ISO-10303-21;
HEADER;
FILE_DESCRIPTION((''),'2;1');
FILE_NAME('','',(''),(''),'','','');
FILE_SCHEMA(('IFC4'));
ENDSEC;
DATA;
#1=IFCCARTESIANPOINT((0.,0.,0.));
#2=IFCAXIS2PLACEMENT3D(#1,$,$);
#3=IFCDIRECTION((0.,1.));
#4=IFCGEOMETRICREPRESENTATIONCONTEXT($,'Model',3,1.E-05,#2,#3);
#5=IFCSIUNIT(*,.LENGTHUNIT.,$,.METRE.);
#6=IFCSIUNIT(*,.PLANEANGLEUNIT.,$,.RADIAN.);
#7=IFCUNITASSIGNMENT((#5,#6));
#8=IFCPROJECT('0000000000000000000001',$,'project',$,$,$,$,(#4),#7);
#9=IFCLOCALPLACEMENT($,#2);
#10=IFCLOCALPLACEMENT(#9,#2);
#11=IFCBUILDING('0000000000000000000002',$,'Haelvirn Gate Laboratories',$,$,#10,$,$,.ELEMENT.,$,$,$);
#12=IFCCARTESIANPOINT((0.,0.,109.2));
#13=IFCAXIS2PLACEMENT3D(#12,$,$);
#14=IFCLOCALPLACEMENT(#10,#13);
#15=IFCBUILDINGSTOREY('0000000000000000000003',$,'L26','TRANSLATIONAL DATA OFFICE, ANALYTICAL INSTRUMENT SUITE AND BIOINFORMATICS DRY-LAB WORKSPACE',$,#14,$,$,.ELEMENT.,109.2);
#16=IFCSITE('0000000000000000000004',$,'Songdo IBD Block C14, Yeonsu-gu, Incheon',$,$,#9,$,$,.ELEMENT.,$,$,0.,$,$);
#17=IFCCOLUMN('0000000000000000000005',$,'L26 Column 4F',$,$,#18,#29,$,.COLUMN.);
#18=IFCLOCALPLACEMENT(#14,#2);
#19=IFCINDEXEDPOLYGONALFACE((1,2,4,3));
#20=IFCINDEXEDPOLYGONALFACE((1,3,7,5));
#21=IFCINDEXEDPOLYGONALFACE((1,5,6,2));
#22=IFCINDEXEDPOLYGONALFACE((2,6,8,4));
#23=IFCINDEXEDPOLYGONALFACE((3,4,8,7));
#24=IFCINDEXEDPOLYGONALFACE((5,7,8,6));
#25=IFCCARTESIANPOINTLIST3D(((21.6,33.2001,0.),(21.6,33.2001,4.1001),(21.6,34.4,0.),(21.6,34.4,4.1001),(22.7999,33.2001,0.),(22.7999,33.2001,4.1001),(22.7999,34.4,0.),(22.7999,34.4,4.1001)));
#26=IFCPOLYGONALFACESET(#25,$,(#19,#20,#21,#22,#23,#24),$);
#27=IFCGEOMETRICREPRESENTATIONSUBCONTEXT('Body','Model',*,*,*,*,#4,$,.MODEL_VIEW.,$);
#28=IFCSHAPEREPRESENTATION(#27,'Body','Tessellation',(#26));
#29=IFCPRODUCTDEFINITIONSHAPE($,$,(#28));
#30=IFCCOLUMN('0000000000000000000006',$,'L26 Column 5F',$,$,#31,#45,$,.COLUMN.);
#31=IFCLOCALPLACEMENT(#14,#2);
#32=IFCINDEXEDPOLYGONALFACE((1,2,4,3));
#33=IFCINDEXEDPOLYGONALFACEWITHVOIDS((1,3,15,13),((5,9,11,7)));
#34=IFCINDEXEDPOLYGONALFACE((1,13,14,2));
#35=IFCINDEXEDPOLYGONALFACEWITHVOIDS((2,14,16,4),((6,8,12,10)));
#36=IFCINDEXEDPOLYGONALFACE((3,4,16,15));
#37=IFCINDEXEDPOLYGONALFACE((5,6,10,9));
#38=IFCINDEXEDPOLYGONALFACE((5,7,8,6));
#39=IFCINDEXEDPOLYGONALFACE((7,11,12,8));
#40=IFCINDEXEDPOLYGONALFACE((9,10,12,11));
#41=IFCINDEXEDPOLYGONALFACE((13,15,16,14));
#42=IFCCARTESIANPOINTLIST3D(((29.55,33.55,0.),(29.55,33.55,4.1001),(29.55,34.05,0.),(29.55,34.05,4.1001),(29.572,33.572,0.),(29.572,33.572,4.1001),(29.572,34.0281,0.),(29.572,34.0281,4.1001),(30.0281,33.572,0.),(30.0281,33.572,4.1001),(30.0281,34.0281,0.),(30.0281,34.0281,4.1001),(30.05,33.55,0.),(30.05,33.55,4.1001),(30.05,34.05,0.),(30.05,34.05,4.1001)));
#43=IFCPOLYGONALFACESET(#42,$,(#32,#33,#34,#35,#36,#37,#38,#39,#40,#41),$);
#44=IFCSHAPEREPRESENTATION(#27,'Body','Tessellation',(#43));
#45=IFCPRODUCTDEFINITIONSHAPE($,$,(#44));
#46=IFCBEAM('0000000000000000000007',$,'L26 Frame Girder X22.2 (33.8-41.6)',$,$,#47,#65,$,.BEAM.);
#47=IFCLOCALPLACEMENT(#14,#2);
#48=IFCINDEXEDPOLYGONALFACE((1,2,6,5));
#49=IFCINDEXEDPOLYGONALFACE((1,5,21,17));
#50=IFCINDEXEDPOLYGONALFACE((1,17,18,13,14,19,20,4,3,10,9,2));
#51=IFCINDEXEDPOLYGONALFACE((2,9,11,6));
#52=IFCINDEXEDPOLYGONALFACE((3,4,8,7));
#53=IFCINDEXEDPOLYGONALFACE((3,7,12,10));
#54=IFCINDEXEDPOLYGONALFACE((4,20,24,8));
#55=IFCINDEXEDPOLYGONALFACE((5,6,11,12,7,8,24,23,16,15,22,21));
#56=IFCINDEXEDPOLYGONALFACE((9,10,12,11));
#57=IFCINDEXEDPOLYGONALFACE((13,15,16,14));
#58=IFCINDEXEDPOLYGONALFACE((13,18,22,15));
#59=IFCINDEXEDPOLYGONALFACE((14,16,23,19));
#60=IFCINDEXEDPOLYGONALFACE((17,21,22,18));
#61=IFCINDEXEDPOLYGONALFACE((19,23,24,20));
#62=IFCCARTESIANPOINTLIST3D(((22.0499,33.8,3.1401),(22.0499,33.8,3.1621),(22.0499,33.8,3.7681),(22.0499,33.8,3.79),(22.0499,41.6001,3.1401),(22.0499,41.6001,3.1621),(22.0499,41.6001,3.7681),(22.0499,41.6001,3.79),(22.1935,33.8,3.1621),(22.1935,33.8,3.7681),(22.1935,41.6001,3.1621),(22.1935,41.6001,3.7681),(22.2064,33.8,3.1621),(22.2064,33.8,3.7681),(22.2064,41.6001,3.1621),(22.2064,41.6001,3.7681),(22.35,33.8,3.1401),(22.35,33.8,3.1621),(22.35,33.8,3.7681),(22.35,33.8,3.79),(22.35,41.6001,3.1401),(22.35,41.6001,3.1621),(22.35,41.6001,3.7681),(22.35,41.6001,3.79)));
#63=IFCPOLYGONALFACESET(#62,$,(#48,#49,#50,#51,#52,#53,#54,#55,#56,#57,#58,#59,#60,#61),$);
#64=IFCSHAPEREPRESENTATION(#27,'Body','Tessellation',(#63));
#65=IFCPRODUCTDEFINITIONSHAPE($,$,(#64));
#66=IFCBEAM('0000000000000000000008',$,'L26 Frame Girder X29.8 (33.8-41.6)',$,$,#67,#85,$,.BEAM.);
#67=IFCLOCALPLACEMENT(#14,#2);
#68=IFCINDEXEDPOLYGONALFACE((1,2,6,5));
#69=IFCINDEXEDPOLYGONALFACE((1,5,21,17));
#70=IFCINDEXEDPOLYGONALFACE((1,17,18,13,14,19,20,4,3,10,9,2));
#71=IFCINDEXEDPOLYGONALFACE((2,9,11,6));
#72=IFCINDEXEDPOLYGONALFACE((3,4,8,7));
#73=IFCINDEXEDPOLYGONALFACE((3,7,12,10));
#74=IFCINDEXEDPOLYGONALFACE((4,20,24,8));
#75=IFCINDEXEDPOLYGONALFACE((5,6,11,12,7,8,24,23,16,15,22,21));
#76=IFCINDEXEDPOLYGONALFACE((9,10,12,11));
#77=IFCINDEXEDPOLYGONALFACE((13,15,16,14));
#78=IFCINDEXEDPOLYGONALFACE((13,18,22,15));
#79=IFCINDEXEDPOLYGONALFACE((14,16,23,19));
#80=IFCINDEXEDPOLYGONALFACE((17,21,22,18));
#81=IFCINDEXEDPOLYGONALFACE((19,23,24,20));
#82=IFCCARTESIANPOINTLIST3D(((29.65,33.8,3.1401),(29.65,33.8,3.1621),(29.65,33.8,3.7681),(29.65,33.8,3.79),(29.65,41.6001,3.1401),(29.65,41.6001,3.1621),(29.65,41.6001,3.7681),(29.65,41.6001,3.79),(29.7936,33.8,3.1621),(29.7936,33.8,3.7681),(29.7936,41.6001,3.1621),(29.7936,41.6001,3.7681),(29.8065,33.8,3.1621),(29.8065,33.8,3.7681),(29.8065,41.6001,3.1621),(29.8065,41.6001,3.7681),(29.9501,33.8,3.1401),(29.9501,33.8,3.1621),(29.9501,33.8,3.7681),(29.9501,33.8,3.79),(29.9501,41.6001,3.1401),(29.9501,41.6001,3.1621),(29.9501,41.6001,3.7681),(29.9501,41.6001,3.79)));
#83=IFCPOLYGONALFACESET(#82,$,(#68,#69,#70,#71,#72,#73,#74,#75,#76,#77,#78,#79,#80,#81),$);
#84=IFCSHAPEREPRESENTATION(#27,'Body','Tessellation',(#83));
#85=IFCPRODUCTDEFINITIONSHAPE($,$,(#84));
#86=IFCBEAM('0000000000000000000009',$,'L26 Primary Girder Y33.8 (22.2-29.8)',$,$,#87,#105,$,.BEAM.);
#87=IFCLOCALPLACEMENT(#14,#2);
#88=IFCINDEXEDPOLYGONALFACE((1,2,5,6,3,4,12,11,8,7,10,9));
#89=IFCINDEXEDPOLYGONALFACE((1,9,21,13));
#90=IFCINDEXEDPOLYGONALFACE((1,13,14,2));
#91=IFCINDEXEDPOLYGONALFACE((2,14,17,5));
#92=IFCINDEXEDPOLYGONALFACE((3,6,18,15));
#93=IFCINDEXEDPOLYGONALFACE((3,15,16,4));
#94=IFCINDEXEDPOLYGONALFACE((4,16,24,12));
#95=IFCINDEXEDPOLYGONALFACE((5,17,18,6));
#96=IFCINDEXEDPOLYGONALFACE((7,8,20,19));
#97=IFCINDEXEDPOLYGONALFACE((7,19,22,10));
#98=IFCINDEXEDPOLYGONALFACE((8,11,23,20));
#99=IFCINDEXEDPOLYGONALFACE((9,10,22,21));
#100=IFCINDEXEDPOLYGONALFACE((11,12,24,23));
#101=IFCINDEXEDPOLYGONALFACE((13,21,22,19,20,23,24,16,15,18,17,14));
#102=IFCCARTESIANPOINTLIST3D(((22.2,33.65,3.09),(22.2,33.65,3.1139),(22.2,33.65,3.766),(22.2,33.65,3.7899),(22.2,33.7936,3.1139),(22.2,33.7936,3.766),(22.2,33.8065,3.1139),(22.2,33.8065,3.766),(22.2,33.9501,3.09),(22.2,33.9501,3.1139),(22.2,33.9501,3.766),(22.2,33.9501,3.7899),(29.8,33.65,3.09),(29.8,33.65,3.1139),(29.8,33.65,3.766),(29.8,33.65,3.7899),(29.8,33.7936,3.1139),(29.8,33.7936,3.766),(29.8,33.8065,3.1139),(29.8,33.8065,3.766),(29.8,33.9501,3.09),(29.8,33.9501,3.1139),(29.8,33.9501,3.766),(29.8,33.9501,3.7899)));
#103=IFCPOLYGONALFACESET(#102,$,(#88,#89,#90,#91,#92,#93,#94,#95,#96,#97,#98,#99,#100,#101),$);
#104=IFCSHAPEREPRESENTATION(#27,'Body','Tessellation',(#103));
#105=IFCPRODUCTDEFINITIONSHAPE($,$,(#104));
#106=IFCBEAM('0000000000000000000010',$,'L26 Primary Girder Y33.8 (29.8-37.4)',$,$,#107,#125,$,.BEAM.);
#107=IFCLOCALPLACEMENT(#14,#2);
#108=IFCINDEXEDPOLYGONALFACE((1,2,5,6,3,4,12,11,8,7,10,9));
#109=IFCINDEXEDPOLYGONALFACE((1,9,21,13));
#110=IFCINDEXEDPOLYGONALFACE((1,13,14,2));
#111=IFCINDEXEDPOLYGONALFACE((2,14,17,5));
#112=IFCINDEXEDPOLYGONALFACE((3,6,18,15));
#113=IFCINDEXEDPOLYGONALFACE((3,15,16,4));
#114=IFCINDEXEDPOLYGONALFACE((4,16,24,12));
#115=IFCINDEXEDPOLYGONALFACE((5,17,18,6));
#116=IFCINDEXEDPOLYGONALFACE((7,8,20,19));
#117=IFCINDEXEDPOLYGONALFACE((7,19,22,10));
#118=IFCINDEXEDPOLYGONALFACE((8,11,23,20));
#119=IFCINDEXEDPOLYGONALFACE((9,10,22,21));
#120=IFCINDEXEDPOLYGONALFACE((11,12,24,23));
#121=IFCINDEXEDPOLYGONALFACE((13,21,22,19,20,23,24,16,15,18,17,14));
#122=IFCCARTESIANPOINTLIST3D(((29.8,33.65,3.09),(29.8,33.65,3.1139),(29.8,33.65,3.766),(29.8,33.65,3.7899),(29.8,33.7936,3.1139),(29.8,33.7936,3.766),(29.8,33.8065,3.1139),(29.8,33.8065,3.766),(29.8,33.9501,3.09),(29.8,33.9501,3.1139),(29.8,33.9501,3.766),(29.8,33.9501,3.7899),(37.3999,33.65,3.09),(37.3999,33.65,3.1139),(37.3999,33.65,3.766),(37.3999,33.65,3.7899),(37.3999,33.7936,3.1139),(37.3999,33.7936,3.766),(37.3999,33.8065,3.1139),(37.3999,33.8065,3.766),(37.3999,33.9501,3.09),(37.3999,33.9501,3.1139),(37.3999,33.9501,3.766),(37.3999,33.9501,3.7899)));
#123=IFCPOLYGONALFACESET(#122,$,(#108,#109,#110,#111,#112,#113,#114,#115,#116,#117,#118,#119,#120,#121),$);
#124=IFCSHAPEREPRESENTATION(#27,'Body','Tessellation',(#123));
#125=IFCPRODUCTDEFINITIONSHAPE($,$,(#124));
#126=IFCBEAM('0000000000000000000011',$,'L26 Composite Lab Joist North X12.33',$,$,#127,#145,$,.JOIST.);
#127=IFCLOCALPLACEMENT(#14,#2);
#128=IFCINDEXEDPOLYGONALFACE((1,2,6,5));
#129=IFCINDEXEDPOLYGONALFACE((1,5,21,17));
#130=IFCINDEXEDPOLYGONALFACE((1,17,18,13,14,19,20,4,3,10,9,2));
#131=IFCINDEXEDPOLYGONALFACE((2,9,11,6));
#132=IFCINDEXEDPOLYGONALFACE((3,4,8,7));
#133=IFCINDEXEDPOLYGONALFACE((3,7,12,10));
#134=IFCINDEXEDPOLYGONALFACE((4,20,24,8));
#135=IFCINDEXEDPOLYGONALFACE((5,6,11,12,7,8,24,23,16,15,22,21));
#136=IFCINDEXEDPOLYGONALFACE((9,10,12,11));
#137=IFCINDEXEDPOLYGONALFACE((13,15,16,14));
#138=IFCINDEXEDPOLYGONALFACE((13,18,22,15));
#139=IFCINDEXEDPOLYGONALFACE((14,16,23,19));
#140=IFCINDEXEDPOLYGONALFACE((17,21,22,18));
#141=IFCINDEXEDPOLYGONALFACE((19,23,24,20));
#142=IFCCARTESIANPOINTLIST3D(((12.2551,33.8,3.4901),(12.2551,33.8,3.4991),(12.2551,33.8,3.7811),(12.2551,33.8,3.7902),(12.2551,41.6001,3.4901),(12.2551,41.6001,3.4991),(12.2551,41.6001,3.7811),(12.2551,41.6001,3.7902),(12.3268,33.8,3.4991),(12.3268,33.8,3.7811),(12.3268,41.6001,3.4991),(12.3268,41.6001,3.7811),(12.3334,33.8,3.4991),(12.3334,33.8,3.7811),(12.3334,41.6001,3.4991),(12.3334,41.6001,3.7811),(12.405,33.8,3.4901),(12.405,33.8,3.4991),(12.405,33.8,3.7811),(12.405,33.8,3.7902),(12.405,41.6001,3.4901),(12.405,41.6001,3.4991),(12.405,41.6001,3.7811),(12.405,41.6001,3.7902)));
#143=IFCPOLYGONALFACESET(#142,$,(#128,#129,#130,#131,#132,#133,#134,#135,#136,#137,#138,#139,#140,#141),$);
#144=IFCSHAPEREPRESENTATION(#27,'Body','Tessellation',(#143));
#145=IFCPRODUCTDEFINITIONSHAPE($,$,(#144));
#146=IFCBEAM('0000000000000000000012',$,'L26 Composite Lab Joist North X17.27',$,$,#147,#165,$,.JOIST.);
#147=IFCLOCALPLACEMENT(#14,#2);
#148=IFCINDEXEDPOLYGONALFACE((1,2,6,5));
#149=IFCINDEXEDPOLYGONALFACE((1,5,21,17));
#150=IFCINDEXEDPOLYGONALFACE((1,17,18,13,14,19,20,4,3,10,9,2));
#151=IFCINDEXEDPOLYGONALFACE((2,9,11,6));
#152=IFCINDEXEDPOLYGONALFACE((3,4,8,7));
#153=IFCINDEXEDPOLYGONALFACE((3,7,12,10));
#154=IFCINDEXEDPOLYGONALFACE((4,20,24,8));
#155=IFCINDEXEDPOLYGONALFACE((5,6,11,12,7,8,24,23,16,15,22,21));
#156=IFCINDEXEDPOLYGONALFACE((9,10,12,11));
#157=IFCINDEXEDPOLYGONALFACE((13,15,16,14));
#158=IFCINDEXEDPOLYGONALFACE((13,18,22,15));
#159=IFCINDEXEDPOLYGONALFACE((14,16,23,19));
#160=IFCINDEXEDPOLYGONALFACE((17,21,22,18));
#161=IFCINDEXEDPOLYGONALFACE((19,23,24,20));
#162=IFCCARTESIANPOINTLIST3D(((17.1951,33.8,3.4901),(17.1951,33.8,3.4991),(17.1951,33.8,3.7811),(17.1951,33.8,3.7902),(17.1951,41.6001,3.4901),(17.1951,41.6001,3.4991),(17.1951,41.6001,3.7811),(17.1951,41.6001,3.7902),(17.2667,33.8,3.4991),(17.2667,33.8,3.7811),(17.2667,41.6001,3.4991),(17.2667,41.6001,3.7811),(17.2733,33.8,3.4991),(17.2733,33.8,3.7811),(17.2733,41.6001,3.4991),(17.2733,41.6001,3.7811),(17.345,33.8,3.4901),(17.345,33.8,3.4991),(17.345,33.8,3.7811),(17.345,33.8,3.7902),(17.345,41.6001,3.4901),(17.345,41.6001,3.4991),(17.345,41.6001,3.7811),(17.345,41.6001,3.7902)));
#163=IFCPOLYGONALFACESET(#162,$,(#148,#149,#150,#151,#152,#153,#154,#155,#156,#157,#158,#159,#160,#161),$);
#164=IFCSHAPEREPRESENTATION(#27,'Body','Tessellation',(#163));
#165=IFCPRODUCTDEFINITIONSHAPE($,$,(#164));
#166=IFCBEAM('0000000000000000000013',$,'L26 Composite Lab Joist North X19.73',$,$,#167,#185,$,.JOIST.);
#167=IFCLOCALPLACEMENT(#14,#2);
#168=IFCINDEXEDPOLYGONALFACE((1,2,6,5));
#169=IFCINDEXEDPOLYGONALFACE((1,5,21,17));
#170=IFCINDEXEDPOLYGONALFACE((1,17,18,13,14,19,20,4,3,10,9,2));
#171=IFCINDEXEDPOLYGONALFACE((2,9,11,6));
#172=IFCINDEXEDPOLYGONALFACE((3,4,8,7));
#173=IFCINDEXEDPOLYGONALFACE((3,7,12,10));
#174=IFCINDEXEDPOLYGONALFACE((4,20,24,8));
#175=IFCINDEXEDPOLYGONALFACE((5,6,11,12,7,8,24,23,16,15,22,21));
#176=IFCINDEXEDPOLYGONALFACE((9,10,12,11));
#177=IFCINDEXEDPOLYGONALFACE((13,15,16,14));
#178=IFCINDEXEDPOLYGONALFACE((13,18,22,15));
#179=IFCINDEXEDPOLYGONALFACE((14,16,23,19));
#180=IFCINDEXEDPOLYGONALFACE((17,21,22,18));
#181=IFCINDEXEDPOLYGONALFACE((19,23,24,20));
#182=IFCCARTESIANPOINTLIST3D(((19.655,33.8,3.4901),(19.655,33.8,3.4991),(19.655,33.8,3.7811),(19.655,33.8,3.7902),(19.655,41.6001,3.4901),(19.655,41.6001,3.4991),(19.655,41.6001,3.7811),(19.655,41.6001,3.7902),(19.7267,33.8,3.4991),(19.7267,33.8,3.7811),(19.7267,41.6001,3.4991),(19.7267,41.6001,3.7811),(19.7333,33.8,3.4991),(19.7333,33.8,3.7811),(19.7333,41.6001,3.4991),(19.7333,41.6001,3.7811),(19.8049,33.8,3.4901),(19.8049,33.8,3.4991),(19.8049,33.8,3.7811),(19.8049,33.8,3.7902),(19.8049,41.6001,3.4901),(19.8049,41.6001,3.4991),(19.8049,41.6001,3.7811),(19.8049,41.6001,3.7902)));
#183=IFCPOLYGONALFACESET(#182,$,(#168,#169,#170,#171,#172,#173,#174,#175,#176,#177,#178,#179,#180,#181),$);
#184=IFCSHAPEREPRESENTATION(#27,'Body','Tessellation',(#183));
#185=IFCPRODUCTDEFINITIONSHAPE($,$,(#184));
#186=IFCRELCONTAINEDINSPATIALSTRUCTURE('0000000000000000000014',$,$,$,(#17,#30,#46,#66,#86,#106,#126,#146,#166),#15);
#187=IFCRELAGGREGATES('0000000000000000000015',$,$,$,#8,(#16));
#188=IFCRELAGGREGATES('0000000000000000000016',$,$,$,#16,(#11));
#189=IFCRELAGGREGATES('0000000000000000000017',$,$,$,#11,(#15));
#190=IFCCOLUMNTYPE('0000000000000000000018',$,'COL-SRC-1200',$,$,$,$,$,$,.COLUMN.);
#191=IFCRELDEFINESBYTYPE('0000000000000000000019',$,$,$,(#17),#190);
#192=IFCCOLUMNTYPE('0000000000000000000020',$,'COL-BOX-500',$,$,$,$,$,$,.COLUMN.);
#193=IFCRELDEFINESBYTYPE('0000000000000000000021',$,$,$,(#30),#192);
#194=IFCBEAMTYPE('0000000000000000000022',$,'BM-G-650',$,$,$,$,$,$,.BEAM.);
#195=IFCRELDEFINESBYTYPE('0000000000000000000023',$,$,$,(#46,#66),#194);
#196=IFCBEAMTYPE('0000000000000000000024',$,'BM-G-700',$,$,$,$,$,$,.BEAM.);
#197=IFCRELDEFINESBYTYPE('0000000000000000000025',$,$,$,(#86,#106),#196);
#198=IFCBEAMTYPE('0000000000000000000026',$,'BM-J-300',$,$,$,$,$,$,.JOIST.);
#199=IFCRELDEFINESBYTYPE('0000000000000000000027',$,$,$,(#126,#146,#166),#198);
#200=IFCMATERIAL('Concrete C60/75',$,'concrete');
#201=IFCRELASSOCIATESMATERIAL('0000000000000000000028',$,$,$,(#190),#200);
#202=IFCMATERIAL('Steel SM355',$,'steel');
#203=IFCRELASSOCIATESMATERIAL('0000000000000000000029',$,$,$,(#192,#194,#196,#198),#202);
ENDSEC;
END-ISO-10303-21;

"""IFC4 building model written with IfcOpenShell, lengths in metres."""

from ifc_helpers import new_model, si_unit, direction, frame, origin, origin_2d, place, context, subcontext, project, spatial, rectangle, hollow_rectangle, i_section, extrude, source, transform, mapped, material, material_profile, profile_set, type_object, type_shapes, element, save


model = new_model("IFC4")

# Units and contexts
model_context = context("Model", 3, precision=1e-05, world=origin(), true_north=direction((0.0, 1.0)))
body_context = subcontext(model_context, "Body", "Model", "MODEL_VIEW")
ifc_project = project(units=[si_unit("LENGTHUNIT", "METRE"), si_unit("PLANEANGLEUNIT", "RADIAN")], contexts=[model_context])

# Site, building, storey
site_placement = place(None, origin())
site = spatial("IfcSite", under=ifc_project, at=site_placement, Name="Songdo IBD Block C14, Yeonsu-gu, Incheon", CompositionType="ELEMENT", RefElevation=0.0)
building_placement = place(site_placement, origin())
building = spatial("IfcBuilding", under=site, at=building_placement, Name="Haelvirn Gate Laboratories", CompositionType="ELEMENT")
storey_placement = place(building_placement, frame((0.0, 0.0, 109.2)))
storey = spatial("IfcBuildingStorey", under=building, at=storey_placement, Name="L26", Description="TRANSLATIONAL DATA OFFICE, ANALYTICAL INSTRUMENT SUITE AND BIOINFORMATICS DRY-LAB WORKSPACE", CompositionType="ELEMENT", Elevation=109.2)

# Columns
ifc_material_1 = material(Name="Concrete C60/75", Category="concrete")
ifc_material_profile_1 = material_profile(ifc_material_1, rectangle(XDim=1.2, YDim=1.2, at=origin_2d()), Name="SRC-1200x1200")
ifc_profile_set_1 = profile_set([ifc_material_profile_1], Name="Concrete C60/75")
column_type_1 = type_object("IfcColumnType", Name="COL-SRC-1200", PredefinedType="COLUMN", material=ifc_profile_set_1)
shared_shape_1 = source(origin(), body_context, "Body", "SweptSolid", [
    extrude(rectangle(XDim=1.2, YDim=1.2, at=origin_2d()), origin(), (0.0, 0.0, 1.0), 4.1001),
])
type_shapes(column_type_1, [shared_shape_1])
column_1_placement = place(storey_placement, frame((22.2, 33.8, 0.0), z_axis=(0.0, 0.0, 1.0), x_axis=(1.0, 0.0, 0.0)))
element("IfcColumn", 1, at=column_1_placement, inside=storey, type_object=column_type_1, Name="L26 Column 4F", PredefinedType="COLUMN", context=body_context, shape_type="MappedRepresentation", body=[
    mapped(shared_shape_1, transform((0.0, 0.0, 0.0), scale=1.0)),
])
ifc_material_2 = material(Name="Steel SM355", Category="steel")
ifc_material_profile_2 = material_profile(ifc_material_2, hollow_rectangle(XDim=0.5, YDim=0.5, WallThickness=0.022, at=origin_2d()), Name="BOX-500x500x22")
ifc_profile_set_2 = profile_set([ifc_material_profile_2], Name="Steel SM355")
column_type_2 = type_object("IfcColumnType", Name="COL-BOX-500", PredefinedType="COLUMN", material=ifc_profile_set_2)
shared_shape_2 = source(origin(), body_context, "Body", "SweptSolid", [
    extrude(hollow_rectangle(XDim=0.5, YDim=0.5, WallThickness=0.022, at=origin_2d()), origin(), (0.0, 0.0, 1.0), 4.1001),
])
type_shapes(column_type_2, [shared_shape_2])
column_2_placement = place(storey_placement, frame((29.8, 33.8, 0.0), z_axis=(0.0, 0.0, 1.0), x_axis=(1.0, 0.0, 0.0)))
element("IfcColumn", 2, at=column_2_placement, inside=storey, type_object=column_type_2, Name="L26 Column 5F", PredefinedType="COLUMN", context=body_context, shape_type="MappedRepresentation", body=[
    mapped(shared_shape_2, transform((0.0, 0.0, 0.0), scale=1.0)),
])

# Beams
ifc_material_profile_3 = material_profile(ifc_material_2, i_section(OverallWidth=0.3, OverallDepth=0.6499, WebThickness=0.0129, FlangeThickness=0.022, at=origin_2d()), Name="H-650x300x13x22")
ifc_profile_set_3 = profile_set([ifc_material_profile_3], Name="Steel SM355")
beam_type_1 = type_object("IfcBeamType", Name="BM-G-650", PredefinedType="BEAM", material=ifc_profile_set_3)
shared_shape_3 = source(origin(), body_context, "Body", "SweptSolid", [
    extrude(i_section(OverallWidth=0.3, OverallDepth=0.6499, WebThickness=0.0129, FlangeThickness=0.022, at=origin_2d()), origin(), (0.0, 0.0, 1.0), 7.8),
])
type_shapes(beam_type_1, [shared_shape_3])
for number, where, z_axis, x_axis, name in (
    (3, (22.2, 33.8, 3.4651), (0.0, 1.0, 0.0), (-1.0, 0.0, 0.0), "L26 Frame Girder X22.2 (33.8-41.6)"),
    (4, (29.8, 33.8, 3.4651), (0.0, 1.0, 0.0), (-1.0, 0.0, 0.0), "L26 Frame Girder X29.8 (33.8-41.6)"),
):
    element("IfcBeam", number, at=place(storey_placement, frame(where, z_axis=z_axis, x_axis=x_axis)), inside=storey, type_object=beam_type_1, Name=name, PredefinedType="BEAM", context=body_context, shape_type="MappedRepresentation", body=[
        mapped(shared_shape_3, transform((0.0, 0.0, 0.0), scale=1.0)),
    ])
ifc_material_profile_4 = material_profile(ifc_material_2, i_section(OverallWidth=0.3, OverallDepth=0.7, WebThickness=0.0129, FlangeThickness=0.0239, at=origin_2d()), Name="H-700x300x13x24")
ifc_profile_set_4 = profile_set([ifc_material_profile_4], Name="Steel SM355")
beam_type_2 = type_object("IfcBeamType", Name="BM-G-700", PredefinedType="BEAM", material=ifc_profile_set_4)
shared_shape_4 = source(origin(), body_context, "Body", "SweptSolid", [
    extrude(i_section(OverallWidth=0.3, OverallDepth=0.7, WebThickness=0.0129, FlangeThickness=0.0239, at=origin_2d()), origin(), (0.0, 0.0, 1.0), 7.6001),
])
beam_1_placement = place(storey_placement, frame((22.2, 33.8, 3.4399), z_axis=(1.0, 0.0, 0.0), x_axis=(0.0, 1.0, 0.0)))
element("IfcBeam", 5, at=beam_1_placement, inside=storey, type_object=beam_type_2, Name="L26 Primary Girder Y33.8 (22.2-29.8)", PredefinedType="BEAM", context=body_context, shape_type="MappedRepresentation", body=[
    mapped(shared_shape_4, transform((0.0, 0.0, 0.0), scale=1.0)),
])
shared_shape_5 = source(origin(), body_context, "Body", "SweptSolid", [
    extrude(i_section(OverallWidth=0.3, OverallDepth=0.7, WebThickness=0.0129, FlangeThickness=0.0239, at=origin_2d()), origin(), (0.0, 0.0, 1.0), 7.5999),
])
type_shapes(beam_type_2, [shared_shape_4, shared_shape_5])
beam_2_placement = place(storey_placement, frame((29.8, 33.8, 3.4399), z_axis=(1.0, 0.0, 0.0), x_axis=(0.0, 1.0, 0.0)))
element("IfcBeam", 6, at=beam_2_placement, inside=storey, type_object=beam_type_2, Name="L26 Primary Girder Y33.8 (29.8-37.4)", PredefinedType="BEAM", context=body_context, shape_type="MappedRepresentation", body=[
    mapped(shared_shape_5, transform((0.0, 0.0, 0.0), scale=1.0)),
])
ifc_material_profile_5 = material_profile(ifc_material_2, i_section(OverallWidth=0.1499, OverallDepth=0.3, WebThickness=0.0066, FlangeThickness=0.009, at=origin_2d()), Name="H-300x150x6.5x9")
ifc_profile_set_5 = profile_set([ifc_material_profile_5], Name="Steel SM355")
beam_type_3 = type_object("IfcBeamType", Name="BM-J-300", PredefinedType="JOIST", material=ifc_profile_set_5)
shared_shape_6 = source(origin(), body_context, "Body", "SweptSolid", [
    extrude(i_section(OverallWidth=0.1499, OverallDepth=0.3, WebThickness=0.0066, FlangeThickness=0.009, at=origin_2d()), origin(), (0.0, 0.0, 1.0), 7.8),
])
type_shapes(beam_type_3, [shared_shape_6])
for number, where, z_axis, x_axis, name in (
    (7, (12.3301, 33.8, 3.6401), (0.0, 1.0, 0.0), (-1.0, 0.0, 0.0), "L26 Composite Lab Joist North X12.33"),
    (8, (17.27, 33.8, 3.6401), (0.0, 1.0, 0.0), (-1.0, 0.0, 0.0), "L26 Composite Lab Joist North X17.27"),
    (9, (19.73, 33.8, 3.6401), (0.0, 1.0, 0.0), (-1.0, 0.0, 0.0), "L26 Composite Lab Joist North X19.73"),
):
    element("IfcBeam", number, at=place(storey_placement, frame(where, z_axis=z_axis, x_axis=x_axis)), inside=storey, type_object=beam_type_3, Name=name, PredefinedType="JOIST", context=body_context, shape_type="MappedRepresentation", body=[
        mapped(shared_shape_6, transform((0.0, 0.0, 0.0), scale=1.0)),
    ])

save(model, "model.ifc")
